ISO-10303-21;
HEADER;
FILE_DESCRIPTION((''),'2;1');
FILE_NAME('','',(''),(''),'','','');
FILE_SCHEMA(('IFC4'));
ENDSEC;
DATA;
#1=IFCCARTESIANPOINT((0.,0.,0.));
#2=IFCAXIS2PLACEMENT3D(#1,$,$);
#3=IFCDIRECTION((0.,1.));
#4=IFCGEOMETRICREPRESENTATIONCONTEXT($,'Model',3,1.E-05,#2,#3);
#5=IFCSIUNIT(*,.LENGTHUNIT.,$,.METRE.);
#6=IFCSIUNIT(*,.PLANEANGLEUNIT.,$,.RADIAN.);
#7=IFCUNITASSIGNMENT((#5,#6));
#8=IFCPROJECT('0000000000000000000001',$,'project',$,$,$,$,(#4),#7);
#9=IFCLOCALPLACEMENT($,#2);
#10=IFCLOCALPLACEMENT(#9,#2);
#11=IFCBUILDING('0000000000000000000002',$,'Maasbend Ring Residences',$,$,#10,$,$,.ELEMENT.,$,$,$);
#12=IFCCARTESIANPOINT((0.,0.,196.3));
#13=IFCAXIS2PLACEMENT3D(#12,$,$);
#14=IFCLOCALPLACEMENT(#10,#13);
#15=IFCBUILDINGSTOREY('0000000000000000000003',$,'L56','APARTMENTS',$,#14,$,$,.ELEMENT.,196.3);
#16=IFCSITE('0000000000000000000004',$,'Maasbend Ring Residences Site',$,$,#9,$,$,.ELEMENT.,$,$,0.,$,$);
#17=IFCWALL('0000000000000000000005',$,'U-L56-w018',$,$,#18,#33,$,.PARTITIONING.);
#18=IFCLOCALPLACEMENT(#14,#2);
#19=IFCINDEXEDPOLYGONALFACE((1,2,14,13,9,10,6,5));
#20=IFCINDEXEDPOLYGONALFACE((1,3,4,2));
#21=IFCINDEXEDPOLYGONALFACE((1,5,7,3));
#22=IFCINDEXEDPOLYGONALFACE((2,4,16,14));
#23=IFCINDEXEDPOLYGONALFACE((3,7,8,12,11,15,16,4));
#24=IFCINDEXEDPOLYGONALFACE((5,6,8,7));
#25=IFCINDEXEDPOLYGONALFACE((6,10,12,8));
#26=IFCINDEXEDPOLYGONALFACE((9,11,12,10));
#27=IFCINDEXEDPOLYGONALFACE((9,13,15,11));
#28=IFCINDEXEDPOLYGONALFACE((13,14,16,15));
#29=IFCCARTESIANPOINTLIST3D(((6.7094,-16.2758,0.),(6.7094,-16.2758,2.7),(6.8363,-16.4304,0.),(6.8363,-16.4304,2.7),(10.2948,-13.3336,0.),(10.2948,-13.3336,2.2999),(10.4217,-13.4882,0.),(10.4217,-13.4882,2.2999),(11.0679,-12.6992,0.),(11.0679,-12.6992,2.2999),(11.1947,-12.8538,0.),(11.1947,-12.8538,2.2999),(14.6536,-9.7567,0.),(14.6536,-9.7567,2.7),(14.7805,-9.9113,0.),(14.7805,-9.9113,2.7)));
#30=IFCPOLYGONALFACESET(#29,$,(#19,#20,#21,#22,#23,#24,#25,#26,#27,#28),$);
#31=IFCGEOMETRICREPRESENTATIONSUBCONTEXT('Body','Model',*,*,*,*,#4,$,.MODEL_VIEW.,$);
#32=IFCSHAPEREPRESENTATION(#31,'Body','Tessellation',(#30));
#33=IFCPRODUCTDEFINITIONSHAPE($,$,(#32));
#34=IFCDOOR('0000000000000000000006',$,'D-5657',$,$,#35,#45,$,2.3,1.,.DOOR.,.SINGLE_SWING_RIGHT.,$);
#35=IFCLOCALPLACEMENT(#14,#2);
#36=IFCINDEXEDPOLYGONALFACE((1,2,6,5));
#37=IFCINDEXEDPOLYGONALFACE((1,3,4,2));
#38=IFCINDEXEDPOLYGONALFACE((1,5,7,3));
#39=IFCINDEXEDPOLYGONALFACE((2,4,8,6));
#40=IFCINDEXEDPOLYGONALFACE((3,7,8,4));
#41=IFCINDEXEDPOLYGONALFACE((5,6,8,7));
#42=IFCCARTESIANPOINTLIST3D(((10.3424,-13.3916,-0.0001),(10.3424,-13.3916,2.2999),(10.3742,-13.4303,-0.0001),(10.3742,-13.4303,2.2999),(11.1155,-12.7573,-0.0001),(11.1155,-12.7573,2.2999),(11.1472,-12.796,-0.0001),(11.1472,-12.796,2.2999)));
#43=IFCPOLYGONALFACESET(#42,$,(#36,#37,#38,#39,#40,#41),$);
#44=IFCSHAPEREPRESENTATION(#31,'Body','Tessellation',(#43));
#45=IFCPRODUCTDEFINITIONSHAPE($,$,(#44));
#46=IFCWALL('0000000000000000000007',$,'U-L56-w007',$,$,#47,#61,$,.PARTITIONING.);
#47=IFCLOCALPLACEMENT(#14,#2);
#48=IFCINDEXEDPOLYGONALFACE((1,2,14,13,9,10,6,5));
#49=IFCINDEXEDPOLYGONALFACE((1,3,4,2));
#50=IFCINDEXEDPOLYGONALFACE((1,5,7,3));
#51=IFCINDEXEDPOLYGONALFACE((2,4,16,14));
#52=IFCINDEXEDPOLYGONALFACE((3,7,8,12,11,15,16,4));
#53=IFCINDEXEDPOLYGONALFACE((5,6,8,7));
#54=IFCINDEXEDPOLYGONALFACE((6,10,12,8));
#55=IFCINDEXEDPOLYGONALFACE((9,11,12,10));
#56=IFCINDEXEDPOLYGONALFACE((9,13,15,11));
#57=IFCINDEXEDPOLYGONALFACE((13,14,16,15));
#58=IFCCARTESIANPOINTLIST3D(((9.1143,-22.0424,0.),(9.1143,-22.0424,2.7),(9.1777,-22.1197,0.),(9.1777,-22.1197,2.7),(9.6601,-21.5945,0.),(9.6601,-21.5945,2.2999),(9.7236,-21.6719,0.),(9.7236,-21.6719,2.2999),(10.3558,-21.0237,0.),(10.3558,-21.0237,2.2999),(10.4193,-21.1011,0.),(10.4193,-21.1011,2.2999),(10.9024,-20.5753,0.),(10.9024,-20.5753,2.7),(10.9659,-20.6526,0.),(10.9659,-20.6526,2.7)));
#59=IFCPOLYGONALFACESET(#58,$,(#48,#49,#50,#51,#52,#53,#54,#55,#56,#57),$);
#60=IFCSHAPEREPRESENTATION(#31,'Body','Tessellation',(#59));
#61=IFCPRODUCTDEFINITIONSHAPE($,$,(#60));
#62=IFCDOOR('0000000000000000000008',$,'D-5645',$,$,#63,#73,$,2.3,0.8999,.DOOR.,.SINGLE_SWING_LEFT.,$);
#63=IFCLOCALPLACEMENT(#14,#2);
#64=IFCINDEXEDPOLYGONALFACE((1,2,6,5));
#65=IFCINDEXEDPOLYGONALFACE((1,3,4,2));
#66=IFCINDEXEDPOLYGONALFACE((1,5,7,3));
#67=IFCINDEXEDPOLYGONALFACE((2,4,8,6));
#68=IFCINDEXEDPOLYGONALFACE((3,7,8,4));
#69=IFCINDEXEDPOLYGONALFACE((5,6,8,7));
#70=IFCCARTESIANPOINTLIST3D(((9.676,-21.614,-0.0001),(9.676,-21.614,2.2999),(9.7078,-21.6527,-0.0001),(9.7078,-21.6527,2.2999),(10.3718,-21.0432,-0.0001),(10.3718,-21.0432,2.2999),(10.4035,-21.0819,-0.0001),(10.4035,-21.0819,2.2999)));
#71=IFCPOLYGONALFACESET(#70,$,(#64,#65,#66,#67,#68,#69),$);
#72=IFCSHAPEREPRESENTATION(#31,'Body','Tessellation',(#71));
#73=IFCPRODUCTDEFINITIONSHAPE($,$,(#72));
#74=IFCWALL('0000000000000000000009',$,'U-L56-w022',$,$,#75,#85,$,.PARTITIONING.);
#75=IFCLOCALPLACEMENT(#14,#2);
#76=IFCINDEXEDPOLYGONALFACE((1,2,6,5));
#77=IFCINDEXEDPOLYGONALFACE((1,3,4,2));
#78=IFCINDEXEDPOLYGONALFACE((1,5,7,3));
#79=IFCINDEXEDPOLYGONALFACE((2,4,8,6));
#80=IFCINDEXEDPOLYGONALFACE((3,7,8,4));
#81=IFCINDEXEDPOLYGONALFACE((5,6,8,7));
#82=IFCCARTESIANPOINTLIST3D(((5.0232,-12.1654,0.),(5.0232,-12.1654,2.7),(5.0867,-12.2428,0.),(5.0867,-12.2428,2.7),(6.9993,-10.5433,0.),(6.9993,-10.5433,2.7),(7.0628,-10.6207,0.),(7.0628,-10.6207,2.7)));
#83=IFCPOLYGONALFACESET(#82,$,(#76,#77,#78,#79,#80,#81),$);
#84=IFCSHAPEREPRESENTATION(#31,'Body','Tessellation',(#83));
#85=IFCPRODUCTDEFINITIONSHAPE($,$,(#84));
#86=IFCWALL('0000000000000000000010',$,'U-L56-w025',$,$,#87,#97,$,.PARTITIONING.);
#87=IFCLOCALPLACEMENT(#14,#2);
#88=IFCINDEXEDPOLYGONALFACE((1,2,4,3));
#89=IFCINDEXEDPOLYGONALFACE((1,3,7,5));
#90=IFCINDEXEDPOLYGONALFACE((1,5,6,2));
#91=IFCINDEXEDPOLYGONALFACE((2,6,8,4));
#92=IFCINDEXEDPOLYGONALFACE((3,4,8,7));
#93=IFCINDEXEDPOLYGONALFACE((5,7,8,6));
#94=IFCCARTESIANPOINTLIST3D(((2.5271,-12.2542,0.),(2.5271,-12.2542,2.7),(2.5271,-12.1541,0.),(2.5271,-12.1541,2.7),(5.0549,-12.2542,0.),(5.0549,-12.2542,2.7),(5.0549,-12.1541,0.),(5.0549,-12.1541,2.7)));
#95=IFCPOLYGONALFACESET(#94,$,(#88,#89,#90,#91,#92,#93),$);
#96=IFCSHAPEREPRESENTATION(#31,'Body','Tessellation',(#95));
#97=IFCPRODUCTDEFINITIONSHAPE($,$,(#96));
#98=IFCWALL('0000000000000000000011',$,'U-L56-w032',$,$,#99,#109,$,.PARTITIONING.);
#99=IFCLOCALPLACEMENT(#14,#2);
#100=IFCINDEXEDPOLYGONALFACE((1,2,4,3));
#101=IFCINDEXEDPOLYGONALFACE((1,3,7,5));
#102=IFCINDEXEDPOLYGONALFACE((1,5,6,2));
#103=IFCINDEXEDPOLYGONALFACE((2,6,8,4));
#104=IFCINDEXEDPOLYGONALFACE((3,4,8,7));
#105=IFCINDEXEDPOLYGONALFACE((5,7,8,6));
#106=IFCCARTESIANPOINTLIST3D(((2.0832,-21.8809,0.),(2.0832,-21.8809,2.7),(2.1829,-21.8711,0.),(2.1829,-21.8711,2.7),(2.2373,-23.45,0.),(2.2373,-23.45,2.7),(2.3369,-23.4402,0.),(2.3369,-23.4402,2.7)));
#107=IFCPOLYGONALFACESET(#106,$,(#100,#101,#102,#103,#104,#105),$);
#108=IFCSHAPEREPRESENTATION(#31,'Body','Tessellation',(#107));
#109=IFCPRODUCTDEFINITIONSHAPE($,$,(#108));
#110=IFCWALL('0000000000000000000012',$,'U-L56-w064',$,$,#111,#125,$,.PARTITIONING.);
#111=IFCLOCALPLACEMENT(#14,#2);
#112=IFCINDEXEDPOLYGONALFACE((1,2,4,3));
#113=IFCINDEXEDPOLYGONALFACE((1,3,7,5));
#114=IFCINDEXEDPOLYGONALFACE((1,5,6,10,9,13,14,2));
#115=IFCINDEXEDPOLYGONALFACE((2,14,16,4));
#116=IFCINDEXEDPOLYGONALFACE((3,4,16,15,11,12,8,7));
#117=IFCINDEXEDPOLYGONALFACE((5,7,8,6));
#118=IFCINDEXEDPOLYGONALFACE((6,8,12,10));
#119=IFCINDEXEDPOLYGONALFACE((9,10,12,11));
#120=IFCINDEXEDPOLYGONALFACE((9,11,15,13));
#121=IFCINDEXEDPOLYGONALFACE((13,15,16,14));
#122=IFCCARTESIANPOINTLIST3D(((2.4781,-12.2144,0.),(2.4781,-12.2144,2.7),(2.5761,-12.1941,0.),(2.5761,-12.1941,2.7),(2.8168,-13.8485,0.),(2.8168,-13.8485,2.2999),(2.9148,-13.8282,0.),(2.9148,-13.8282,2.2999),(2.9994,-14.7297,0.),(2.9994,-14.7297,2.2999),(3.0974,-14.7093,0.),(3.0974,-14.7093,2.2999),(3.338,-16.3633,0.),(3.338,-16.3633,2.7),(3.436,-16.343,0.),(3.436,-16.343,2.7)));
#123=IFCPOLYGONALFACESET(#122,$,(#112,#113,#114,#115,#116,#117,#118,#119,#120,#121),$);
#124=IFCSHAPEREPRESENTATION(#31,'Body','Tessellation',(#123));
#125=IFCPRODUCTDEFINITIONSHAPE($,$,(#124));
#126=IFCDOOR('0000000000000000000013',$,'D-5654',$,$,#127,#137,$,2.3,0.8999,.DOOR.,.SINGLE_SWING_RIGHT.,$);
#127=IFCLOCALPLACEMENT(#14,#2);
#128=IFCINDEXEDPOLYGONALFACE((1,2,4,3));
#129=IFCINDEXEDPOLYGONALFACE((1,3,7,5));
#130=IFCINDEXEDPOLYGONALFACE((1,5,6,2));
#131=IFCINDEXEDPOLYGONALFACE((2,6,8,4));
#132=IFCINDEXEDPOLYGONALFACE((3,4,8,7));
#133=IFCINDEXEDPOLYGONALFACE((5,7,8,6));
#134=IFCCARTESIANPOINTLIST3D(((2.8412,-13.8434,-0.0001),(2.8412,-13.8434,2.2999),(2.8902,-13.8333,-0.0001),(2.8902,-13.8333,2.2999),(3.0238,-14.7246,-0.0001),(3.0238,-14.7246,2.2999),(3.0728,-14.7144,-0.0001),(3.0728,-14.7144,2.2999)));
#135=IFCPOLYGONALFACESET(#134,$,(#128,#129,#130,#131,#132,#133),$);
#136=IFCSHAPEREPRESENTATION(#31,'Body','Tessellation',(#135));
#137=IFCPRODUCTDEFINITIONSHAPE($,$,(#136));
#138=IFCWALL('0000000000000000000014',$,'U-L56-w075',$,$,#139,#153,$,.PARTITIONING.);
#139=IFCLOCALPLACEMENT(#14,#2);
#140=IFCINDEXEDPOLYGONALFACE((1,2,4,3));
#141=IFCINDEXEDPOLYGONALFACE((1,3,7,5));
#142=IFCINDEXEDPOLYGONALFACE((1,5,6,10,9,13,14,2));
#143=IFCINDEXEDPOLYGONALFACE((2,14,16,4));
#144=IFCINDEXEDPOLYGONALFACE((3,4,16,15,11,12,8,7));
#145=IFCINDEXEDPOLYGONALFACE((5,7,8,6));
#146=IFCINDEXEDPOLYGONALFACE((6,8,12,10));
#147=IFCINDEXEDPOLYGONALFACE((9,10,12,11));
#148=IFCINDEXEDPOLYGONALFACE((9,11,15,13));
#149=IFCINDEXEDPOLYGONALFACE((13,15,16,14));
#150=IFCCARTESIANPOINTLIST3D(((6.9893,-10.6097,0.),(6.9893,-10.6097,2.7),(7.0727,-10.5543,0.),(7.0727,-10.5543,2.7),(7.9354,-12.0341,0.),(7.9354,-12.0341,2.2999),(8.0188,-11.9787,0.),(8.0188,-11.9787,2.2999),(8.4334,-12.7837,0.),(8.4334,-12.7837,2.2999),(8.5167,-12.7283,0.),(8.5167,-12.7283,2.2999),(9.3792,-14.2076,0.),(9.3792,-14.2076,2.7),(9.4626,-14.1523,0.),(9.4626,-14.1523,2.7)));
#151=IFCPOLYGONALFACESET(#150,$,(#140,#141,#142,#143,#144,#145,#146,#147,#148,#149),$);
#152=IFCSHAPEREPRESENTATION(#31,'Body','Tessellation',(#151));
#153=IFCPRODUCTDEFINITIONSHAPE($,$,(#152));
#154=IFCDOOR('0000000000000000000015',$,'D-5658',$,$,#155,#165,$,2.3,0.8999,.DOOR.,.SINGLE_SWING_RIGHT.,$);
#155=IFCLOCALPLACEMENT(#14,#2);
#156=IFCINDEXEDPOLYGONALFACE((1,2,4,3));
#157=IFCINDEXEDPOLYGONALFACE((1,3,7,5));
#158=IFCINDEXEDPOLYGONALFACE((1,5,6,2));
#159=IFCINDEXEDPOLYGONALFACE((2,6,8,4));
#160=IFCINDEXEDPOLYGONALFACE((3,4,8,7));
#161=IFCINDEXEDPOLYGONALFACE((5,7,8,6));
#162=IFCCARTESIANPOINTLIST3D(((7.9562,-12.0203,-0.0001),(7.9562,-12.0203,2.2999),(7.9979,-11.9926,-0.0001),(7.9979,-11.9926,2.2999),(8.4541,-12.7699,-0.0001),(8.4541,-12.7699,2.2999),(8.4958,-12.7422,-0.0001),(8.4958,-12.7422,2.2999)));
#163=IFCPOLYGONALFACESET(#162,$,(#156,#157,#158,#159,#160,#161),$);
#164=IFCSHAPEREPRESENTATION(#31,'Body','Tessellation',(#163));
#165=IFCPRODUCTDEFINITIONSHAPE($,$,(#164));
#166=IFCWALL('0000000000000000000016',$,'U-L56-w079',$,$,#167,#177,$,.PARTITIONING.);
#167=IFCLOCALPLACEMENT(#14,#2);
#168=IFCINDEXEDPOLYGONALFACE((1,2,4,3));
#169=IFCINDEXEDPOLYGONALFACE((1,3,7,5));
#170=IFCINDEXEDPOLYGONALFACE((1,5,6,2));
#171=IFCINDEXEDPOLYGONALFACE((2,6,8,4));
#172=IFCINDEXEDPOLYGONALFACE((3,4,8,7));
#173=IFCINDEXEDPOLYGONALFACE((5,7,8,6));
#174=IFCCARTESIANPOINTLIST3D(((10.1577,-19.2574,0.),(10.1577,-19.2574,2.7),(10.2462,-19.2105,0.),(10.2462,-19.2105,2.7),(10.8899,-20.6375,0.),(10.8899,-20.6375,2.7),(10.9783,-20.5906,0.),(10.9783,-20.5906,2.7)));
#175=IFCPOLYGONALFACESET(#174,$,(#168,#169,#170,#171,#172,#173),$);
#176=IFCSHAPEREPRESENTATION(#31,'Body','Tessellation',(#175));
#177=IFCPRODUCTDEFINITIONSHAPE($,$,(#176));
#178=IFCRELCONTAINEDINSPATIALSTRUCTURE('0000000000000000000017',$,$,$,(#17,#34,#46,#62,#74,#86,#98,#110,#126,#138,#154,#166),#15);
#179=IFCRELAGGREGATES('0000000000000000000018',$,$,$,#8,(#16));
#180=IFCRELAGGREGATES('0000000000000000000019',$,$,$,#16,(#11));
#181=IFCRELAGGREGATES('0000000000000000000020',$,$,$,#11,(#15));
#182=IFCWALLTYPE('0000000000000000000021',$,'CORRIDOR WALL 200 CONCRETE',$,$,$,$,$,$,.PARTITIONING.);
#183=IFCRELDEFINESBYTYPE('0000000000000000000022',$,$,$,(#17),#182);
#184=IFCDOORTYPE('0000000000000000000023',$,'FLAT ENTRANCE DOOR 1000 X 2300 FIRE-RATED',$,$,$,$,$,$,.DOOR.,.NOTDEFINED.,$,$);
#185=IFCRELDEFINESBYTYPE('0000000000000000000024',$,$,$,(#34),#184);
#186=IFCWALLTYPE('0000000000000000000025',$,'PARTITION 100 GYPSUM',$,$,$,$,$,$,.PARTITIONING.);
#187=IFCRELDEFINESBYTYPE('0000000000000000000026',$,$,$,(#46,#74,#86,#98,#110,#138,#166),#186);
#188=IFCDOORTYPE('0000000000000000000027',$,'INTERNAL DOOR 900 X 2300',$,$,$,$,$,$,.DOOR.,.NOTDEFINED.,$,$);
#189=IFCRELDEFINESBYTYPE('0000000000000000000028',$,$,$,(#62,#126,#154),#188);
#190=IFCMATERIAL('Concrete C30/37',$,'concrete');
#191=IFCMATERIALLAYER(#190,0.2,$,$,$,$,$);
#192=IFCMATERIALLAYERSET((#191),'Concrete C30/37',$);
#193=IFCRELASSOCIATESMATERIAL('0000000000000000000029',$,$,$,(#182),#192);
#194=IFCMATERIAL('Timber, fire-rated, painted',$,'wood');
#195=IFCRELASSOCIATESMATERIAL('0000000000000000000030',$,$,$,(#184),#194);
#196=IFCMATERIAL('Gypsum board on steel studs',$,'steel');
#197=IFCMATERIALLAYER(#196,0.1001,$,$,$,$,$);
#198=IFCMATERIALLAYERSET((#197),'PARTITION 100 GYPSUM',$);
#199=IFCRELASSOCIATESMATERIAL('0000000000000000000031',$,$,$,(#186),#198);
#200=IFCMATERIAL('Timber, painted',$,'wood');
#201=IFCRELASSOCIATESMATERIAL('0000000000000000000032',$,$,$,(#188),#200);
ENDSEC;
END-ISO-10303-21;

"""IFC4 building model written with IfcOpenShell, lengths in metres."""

from ifc_helpers import new_model, si_unit, direction, frame, frame_2d, origin, place, context, subcontext, project, spatial, rectangle, extrude, material, layer, layer_set, type_object, element, fill, save


model = new_model("IFC4")

# Units and contexts
model_context = context("Model", 3, precision=1e-05, world=origin(), true_north=direction((0.0, 1.0)))
body_context = subcontext(model_context, "Body", "Model", "MODEL_VIEW")
ifc_project = project(units=[si_unit("LENGTHUNIT", "METRE"), si_unit("PLANEANGLEUNIT", "RADIAN")], contexts=[model_context])

# Site, building, storey
site_placement = place(None, origin())
site = spatial("IfcSite", under=ifc_project, at=site_placement, Name="Maasbend Ring Residences Site", CompositionType="ELEMENT", RefElevation=0.0)
building_placement = place(site_placement, origin())
building = spatial("IfcBuilding", under=site, at=building_placement, Name="Maasbend Ring Residences", CompositionType="ELEMENT")
storey_placement = place(building_placement, frame((0.0, 0.0, 196.3)))
storey = spatial("IfcBuildingStorey", under=building, at=storey_placement, Name="L56", Description="APARTMENTS", CompositionType="ELEMENT", Elevation=196.3)

# Walls, openings, doors
ifc_material_1 = material(Name="Concrete C30/37", Category="concrete")
ifc_layer_1 = layer(ifc_material_1, 0.2)
ifc_layer_set_1 = layer_set([ifc_layer_1], Name="Concrete C30/37")
wall_type_1 = type_object("IfcWallType", Name="CORRIDOR WALL 200 CONCRETE", PredefinedType="PARTITIONING", material=ifc_layer_set_1)
ifc_material_2 = material(Name="Timber, fire-rated, painted", Category="wood")
door_type_1 = type_object("IfcDoorType", Name="FLAT ENTRANCE DOOR 1000 X 2300 FIRE-RATED", OperationType="NOTDEFINED", PredefinedType="DOOR", material=ifc_material_2)
wall_1_placement = place(storey_placement, frame((6.7729, -16.353, 0.0), z_axis=(0.0, 0.0, 1.0), x_axis=(0.773035, 0.634364, 0.0)))
wall_1 = element("IfcWall", 1, at=wall_1_placement, inside=storey, type_object=wall_type_1, Name="U-L56-w018", PredefinedType="PARTITIONING", context=body_context, shape_type="SweptSolid", body=[
    extrude(rectangle(XDim=10.2766, YDim=0.2, at=frame_2d((5.1382, 0.0))), origin(), (0.0, 0.0, 1.0), 2.7),
])
opening_1_placement = place(wall_1_placement, frame((4.6379, 0.0, 0.0)))
opening_1 = element("IfcOpeningElement", 2, at=opening_1_placement, cuts=wall_1, PredefinedType="OPENING", context=body_context, shape_type="SweptSolid", body=[
    extrude(rectangle(XDim=1.0, YDim=2.3, at=frame_2d((0.5, 1.1499))), frame((0.0, 0.1099, 0.0), z_axis=(0.0, -1.0, 0.0), x_axis=(1.0, 0.0, 0.0)), (0.0, 0.0, 1.0), 0.22),
])
door_1_placement = place(opening_1_placement, origin())
door_1 = element("IfcDoor", 3, at=door_1_placement, inside=storey, type_object=door_type_1, Name="D-5657", OperationType="SINGLE_SWING_RIGHT", OverallHeight=2.3, OverallWidth=1.0, PredefinedType="DOOR", context=body_context, shape_type="SweptSolid", body=[
    extrude(rectangle(XDim=1.0, YDim=2.3, at=frame_2d((0.5, 1.1499))), frame((0.0, 0.0249, 0.0), z_axis=(0.0, -1.0, 0.0), x_axis=(1.0, 0.0, 0.0)), (0.0, 0.0, 1.0), 0.05),
])
fill(opening_1, door_1)
ifc_material_3 = material(Name="Gypsum board on steel studs", Category="steel")
ifc_layer_2 = layer(ifc_material_3, 0.1001)
ifc_layer_set_2 = layer_set([ifc_layer_2], Name="PARTITION 100 GYPSUM")
wall_type_2 = type_object("IfcWallType", Name="PARTITION 100 GYPSUM", PredefinedType="PARTITIONING", material=ifc_layer_set_2)
wall_2_placement = place(storey_placement, frame((9.146, -22.0811, 0.0), z_axis=(0.0, 0.0, 1.0), x_axis=(0.773096, 0.634289, 0.0)))
wall_2 = element("IfcWall", 4, at=wall_2_placement, inside=storey, type_object=wall_type_2, Name="U-L56-w007", PredefinedType="PARTITIONING", context=body_context, shape_type="SweptSolid", body=[
    extrude(rectangle(XDim=2.313, YDim=0.1001, at=frame_2d((1.1565, 0.0))), origin(), (0.0, 0.0, 1.0), 2.7),
])
opening_2_placement = place(wall_2_placement, frame((0.7061, 0.0, 0.0)))
opening_2 = element("IfcOpeningElement", 5, at=opening_2_placement, cuts=wall_2, PredefinedType="OPENING", context=body_context, shape_type="SweptSolid", body=[
    extrude(rectangle(XDim=0.8999, YDim=2.3, at=frame_2d((0.45, 1.1499))), frame((0.0, 0.0601, 0.0), z_axis=(0.0, -1.0, 0.0), x_axis=(1.0, 0.0, 0.0)), (0.0, 0.0, 1.0), 0.1201),
])
ifc_material_4 = material(Name="Timber, painted", Category="wood")
door_type_2 = type_object("IfcDoorType", Name="INTERNAL DOOR 900 X 2300", OperationType="NOTDEFINED", PredefinedType="DOOR", material=ifc_material_4)
door_2_placement = place(opening_2_placement, origin())
door_2 = element("IfcDoor", 6, at=door_2_placement, inside=storey, type_object=door_type_2, Name="D-5645", OperationType="SINGLE_SWING_LEFT", OverallHeight=2.3, OverallWidth=0.8999, PredefinedType="DOOR", context=body_context, shape_type="SweptSolid", body=[
    extrude(rectangle(XDim=0.8999, YDim=2.3, at=frame_2d((0.45, 1.1499))), frame((0.0, 0.0249, 0.0), z_axis=(0.0, -1.0, 0.0), x_axis=(1.0, 0.0, 0.0)), (0.0, 0.0, 1.0), 0.05),
])
fill(opening_2, door_2)

# Walls
wall_3_placement = place(storey_placement, frame((5.0549, -12.2041, 0.0), z_axis=(0.0, 0.0, 1.0), x_axis=(0.772944, 0.634475, 0.0)))
element("IfcWall", 7, at=wall_3_placement, inside=storey, type_object=wall_type_2, Name="U-L56-w022", PredefinedType="PARTITIONING", context=body_context, shape_type="SweptSolid", body=[
    extrude(rectangle(XDim=2.5566, YDim=0.1001, at=frame_2d((1.2783, 0.0))), origin(), (0.0, 0.0, 1.0), 2.7),
])
wall_4_placement = place(storey_placement, frame((2.5271, -12.2041, 0.0), z_axis=(0.0, 0.0, 1.0), x_axis=(1.0, 0.0, 0.0)))
element("IfcWall", 8, at=wall_4_placement, inside=storey, type_object=wall_type_2, Name="U-L56-w025", PredefinedType="PARTITIONING", context=body_context, shape_type="SweptSolid", body=[
    extrude(rectangle(XDim=2.5278, YDim=0.1001, at=frame_2d((1.2639, 0.0))), origin(), (0.0, 0.0, 1.0), 2.7),
])
wall_5_placement = place(storey_placement, frame((2.1331, -21.876, 0.0), z_axis=(0.0, 0.0, 1.0), x_axis=(0.09771, -0.995215, 0.0)))
element("IfcWall", 9, at=wall_5_placement, inside=storey, type_object=wall_type_2, Name="U-L56-w032", PredefinedType="PARTITIONING", context=body_context, shape_type="SweptSolid", body=[
    extrude(rectangle(XDim=1.5767, YDim=0.1001, at=frame_2d((0.7883, 0.0))), origin(), (0.0, 0.0, 1.0), 2.7),
])

# Walls, openings, doors
wall_6_placement = place(storey_placement, frame((2.5271, -12.2041, 0.0), z_axis=(0.0, 0.0, 1.0), x_axis=(0.202937, -0.979192, 0.0)))
wall_6 = element("IfcWall", 10, at=wall_6_placement, inside=storey, type_object=wall_type_2, Name="U-L56-w064", PredefinedType="PARTITIONING", context=body_context, shape_type="SweptSolid", body=[
    extrude(rectangle(XDim=4.2371, YDim=0.1001, at=frame_2d((2.1187, 0.0))), origin(), (0.0, 0.0, 1.0), 2.7),
])
opening_3_placement = place(wall_6_placement, frame((1.6689, 0.0, 0.0)))
opening_3 = element("IfcOpeningElement", 11, at=opening_3_placement, cuts=wall_6, PredefinedType="OPENING", context=body_context, shape_type="SweptSolid", body=[
    extrude(rectangle(XDim=0.8999, YDim=2.3, at=frame_2d((0.45, 1.1499))), frame((0.0, 0.0601, 0.0), z_axis=(0.0, -1.0, 0.0), x_axis=(1.0, 0.0, 0.0)), (0.0, 0.0, 1.0), 0.1201),
])
door_3_placement = place(opening_3_placement, origin())
door_3 = element("IfcDoor", 12, at=door_3_placement, inside=storey, type_object=door_type_2, Name="D-5654", OperationType="SINGLE_SWING_RIGHT", OverallHeight=2.3, OverallWidth=0.8999, PredefinedType="DOOR", context=body_context, shape_type="SweptSolid", body=[
    extrude(rectangle(XDim=0.8999, YDim=2.3, at=frame_2d((0.45, 1.1499))), frame((0.0, 0.0249, 0.0), z_axis=(0.0, -1.0, 0.0), x_axis=(1.0, 0.0, 0.0)), (0.0, 0.0, 1.0), 0.05),
])
fill(opening_3, door_3)
wall_7_placement = place(storey_placement, frame((7.031, -10.582, 0.0), z_axis=(0.0, 0.0, 1.0), x_axis=(0.553304, -0.83298, 0.0)))
wall_7 = element("IfcWall", 13, at=wall_7_placement, inside=storey, type_object=wall_type_2, Name="U-L56-w075", PredefinedType="PARTITIONING", context=body_context, shape_type="SweptSolid", body=[
    extrude(rectangle(XDim=4.3193, YDim=0.1001, at=frame_2d((2.1597, 0.0))), origin(), (0.0, 0.0, 1.0), 2.7),
])
opening_4_placement = place(wall_7_placement, frame((1.71, 0.0, 0.0)))
opening_4 = element("IfcOpeningElement", 14, at=opening_4_placement, cuts=wall_7, PredefinedType="OPENING", context=body_context, shape_type="SweptSolid", body=[
    extrude(rectangle(XDim=0.8999, YDim=2.3, at=frame_2d((0.45, 1.1499))), frame((0.0, 0.0601, 0.0), z_axis=(0.0, -1.0, 0.0), x_axis=(1.0, 0.0, 0.0)), (0.0, 0.0, 1.0), 0.1201),
])
door_4_placement = place(opening_4_placement, origin())
door_4 = element("IfcDoor", 15, at=door_4_placement, inside=storey, type_object=door_type_2, Name="D-5658", OperationType="SINGLE_SWING_RIGHT", OverallHeight=2.3, OverallWidth=0.8999, PredefinedType="DOOR", context=body_context, shape_type="SweptSolid", body=[
    extrude(rectangle(XDim=0.8999, YDim=2.3, at=frame_2d((0.45, 1.1499))), frame((0.0, 0.0249, 0.0), z_axis=(0.0, -1.0, 0.0), x_axis=(1.0, 0.0, 0.0)), (0.0, 0.0, 1.0), 0.05),
])
fill(opening_4, door_4)

# Wall
wall_8_placement = place(storey_placement, frame((10.2019, -19.2339, 0.0), z_axis=(0.0, 0.0, 1.0), x_axis=(0.468649, -0.883385, 0.0)))
element("IfcWall", 16, at=wall_8_placement, inside=storey, type_object=wall_type_2, Name="U-L56-w079", PredefinedType="PARTITIONING", context=body_context, shape_type="SweptSolid", body=[
    extrude(rectangle(XDim=1.5623, YDim=0.1001, at=frame_2d((0.7812, 0.0))), origin(), (0.0, 0.0, 1.0), 2.7),
])

save(model, "model.ifc")
